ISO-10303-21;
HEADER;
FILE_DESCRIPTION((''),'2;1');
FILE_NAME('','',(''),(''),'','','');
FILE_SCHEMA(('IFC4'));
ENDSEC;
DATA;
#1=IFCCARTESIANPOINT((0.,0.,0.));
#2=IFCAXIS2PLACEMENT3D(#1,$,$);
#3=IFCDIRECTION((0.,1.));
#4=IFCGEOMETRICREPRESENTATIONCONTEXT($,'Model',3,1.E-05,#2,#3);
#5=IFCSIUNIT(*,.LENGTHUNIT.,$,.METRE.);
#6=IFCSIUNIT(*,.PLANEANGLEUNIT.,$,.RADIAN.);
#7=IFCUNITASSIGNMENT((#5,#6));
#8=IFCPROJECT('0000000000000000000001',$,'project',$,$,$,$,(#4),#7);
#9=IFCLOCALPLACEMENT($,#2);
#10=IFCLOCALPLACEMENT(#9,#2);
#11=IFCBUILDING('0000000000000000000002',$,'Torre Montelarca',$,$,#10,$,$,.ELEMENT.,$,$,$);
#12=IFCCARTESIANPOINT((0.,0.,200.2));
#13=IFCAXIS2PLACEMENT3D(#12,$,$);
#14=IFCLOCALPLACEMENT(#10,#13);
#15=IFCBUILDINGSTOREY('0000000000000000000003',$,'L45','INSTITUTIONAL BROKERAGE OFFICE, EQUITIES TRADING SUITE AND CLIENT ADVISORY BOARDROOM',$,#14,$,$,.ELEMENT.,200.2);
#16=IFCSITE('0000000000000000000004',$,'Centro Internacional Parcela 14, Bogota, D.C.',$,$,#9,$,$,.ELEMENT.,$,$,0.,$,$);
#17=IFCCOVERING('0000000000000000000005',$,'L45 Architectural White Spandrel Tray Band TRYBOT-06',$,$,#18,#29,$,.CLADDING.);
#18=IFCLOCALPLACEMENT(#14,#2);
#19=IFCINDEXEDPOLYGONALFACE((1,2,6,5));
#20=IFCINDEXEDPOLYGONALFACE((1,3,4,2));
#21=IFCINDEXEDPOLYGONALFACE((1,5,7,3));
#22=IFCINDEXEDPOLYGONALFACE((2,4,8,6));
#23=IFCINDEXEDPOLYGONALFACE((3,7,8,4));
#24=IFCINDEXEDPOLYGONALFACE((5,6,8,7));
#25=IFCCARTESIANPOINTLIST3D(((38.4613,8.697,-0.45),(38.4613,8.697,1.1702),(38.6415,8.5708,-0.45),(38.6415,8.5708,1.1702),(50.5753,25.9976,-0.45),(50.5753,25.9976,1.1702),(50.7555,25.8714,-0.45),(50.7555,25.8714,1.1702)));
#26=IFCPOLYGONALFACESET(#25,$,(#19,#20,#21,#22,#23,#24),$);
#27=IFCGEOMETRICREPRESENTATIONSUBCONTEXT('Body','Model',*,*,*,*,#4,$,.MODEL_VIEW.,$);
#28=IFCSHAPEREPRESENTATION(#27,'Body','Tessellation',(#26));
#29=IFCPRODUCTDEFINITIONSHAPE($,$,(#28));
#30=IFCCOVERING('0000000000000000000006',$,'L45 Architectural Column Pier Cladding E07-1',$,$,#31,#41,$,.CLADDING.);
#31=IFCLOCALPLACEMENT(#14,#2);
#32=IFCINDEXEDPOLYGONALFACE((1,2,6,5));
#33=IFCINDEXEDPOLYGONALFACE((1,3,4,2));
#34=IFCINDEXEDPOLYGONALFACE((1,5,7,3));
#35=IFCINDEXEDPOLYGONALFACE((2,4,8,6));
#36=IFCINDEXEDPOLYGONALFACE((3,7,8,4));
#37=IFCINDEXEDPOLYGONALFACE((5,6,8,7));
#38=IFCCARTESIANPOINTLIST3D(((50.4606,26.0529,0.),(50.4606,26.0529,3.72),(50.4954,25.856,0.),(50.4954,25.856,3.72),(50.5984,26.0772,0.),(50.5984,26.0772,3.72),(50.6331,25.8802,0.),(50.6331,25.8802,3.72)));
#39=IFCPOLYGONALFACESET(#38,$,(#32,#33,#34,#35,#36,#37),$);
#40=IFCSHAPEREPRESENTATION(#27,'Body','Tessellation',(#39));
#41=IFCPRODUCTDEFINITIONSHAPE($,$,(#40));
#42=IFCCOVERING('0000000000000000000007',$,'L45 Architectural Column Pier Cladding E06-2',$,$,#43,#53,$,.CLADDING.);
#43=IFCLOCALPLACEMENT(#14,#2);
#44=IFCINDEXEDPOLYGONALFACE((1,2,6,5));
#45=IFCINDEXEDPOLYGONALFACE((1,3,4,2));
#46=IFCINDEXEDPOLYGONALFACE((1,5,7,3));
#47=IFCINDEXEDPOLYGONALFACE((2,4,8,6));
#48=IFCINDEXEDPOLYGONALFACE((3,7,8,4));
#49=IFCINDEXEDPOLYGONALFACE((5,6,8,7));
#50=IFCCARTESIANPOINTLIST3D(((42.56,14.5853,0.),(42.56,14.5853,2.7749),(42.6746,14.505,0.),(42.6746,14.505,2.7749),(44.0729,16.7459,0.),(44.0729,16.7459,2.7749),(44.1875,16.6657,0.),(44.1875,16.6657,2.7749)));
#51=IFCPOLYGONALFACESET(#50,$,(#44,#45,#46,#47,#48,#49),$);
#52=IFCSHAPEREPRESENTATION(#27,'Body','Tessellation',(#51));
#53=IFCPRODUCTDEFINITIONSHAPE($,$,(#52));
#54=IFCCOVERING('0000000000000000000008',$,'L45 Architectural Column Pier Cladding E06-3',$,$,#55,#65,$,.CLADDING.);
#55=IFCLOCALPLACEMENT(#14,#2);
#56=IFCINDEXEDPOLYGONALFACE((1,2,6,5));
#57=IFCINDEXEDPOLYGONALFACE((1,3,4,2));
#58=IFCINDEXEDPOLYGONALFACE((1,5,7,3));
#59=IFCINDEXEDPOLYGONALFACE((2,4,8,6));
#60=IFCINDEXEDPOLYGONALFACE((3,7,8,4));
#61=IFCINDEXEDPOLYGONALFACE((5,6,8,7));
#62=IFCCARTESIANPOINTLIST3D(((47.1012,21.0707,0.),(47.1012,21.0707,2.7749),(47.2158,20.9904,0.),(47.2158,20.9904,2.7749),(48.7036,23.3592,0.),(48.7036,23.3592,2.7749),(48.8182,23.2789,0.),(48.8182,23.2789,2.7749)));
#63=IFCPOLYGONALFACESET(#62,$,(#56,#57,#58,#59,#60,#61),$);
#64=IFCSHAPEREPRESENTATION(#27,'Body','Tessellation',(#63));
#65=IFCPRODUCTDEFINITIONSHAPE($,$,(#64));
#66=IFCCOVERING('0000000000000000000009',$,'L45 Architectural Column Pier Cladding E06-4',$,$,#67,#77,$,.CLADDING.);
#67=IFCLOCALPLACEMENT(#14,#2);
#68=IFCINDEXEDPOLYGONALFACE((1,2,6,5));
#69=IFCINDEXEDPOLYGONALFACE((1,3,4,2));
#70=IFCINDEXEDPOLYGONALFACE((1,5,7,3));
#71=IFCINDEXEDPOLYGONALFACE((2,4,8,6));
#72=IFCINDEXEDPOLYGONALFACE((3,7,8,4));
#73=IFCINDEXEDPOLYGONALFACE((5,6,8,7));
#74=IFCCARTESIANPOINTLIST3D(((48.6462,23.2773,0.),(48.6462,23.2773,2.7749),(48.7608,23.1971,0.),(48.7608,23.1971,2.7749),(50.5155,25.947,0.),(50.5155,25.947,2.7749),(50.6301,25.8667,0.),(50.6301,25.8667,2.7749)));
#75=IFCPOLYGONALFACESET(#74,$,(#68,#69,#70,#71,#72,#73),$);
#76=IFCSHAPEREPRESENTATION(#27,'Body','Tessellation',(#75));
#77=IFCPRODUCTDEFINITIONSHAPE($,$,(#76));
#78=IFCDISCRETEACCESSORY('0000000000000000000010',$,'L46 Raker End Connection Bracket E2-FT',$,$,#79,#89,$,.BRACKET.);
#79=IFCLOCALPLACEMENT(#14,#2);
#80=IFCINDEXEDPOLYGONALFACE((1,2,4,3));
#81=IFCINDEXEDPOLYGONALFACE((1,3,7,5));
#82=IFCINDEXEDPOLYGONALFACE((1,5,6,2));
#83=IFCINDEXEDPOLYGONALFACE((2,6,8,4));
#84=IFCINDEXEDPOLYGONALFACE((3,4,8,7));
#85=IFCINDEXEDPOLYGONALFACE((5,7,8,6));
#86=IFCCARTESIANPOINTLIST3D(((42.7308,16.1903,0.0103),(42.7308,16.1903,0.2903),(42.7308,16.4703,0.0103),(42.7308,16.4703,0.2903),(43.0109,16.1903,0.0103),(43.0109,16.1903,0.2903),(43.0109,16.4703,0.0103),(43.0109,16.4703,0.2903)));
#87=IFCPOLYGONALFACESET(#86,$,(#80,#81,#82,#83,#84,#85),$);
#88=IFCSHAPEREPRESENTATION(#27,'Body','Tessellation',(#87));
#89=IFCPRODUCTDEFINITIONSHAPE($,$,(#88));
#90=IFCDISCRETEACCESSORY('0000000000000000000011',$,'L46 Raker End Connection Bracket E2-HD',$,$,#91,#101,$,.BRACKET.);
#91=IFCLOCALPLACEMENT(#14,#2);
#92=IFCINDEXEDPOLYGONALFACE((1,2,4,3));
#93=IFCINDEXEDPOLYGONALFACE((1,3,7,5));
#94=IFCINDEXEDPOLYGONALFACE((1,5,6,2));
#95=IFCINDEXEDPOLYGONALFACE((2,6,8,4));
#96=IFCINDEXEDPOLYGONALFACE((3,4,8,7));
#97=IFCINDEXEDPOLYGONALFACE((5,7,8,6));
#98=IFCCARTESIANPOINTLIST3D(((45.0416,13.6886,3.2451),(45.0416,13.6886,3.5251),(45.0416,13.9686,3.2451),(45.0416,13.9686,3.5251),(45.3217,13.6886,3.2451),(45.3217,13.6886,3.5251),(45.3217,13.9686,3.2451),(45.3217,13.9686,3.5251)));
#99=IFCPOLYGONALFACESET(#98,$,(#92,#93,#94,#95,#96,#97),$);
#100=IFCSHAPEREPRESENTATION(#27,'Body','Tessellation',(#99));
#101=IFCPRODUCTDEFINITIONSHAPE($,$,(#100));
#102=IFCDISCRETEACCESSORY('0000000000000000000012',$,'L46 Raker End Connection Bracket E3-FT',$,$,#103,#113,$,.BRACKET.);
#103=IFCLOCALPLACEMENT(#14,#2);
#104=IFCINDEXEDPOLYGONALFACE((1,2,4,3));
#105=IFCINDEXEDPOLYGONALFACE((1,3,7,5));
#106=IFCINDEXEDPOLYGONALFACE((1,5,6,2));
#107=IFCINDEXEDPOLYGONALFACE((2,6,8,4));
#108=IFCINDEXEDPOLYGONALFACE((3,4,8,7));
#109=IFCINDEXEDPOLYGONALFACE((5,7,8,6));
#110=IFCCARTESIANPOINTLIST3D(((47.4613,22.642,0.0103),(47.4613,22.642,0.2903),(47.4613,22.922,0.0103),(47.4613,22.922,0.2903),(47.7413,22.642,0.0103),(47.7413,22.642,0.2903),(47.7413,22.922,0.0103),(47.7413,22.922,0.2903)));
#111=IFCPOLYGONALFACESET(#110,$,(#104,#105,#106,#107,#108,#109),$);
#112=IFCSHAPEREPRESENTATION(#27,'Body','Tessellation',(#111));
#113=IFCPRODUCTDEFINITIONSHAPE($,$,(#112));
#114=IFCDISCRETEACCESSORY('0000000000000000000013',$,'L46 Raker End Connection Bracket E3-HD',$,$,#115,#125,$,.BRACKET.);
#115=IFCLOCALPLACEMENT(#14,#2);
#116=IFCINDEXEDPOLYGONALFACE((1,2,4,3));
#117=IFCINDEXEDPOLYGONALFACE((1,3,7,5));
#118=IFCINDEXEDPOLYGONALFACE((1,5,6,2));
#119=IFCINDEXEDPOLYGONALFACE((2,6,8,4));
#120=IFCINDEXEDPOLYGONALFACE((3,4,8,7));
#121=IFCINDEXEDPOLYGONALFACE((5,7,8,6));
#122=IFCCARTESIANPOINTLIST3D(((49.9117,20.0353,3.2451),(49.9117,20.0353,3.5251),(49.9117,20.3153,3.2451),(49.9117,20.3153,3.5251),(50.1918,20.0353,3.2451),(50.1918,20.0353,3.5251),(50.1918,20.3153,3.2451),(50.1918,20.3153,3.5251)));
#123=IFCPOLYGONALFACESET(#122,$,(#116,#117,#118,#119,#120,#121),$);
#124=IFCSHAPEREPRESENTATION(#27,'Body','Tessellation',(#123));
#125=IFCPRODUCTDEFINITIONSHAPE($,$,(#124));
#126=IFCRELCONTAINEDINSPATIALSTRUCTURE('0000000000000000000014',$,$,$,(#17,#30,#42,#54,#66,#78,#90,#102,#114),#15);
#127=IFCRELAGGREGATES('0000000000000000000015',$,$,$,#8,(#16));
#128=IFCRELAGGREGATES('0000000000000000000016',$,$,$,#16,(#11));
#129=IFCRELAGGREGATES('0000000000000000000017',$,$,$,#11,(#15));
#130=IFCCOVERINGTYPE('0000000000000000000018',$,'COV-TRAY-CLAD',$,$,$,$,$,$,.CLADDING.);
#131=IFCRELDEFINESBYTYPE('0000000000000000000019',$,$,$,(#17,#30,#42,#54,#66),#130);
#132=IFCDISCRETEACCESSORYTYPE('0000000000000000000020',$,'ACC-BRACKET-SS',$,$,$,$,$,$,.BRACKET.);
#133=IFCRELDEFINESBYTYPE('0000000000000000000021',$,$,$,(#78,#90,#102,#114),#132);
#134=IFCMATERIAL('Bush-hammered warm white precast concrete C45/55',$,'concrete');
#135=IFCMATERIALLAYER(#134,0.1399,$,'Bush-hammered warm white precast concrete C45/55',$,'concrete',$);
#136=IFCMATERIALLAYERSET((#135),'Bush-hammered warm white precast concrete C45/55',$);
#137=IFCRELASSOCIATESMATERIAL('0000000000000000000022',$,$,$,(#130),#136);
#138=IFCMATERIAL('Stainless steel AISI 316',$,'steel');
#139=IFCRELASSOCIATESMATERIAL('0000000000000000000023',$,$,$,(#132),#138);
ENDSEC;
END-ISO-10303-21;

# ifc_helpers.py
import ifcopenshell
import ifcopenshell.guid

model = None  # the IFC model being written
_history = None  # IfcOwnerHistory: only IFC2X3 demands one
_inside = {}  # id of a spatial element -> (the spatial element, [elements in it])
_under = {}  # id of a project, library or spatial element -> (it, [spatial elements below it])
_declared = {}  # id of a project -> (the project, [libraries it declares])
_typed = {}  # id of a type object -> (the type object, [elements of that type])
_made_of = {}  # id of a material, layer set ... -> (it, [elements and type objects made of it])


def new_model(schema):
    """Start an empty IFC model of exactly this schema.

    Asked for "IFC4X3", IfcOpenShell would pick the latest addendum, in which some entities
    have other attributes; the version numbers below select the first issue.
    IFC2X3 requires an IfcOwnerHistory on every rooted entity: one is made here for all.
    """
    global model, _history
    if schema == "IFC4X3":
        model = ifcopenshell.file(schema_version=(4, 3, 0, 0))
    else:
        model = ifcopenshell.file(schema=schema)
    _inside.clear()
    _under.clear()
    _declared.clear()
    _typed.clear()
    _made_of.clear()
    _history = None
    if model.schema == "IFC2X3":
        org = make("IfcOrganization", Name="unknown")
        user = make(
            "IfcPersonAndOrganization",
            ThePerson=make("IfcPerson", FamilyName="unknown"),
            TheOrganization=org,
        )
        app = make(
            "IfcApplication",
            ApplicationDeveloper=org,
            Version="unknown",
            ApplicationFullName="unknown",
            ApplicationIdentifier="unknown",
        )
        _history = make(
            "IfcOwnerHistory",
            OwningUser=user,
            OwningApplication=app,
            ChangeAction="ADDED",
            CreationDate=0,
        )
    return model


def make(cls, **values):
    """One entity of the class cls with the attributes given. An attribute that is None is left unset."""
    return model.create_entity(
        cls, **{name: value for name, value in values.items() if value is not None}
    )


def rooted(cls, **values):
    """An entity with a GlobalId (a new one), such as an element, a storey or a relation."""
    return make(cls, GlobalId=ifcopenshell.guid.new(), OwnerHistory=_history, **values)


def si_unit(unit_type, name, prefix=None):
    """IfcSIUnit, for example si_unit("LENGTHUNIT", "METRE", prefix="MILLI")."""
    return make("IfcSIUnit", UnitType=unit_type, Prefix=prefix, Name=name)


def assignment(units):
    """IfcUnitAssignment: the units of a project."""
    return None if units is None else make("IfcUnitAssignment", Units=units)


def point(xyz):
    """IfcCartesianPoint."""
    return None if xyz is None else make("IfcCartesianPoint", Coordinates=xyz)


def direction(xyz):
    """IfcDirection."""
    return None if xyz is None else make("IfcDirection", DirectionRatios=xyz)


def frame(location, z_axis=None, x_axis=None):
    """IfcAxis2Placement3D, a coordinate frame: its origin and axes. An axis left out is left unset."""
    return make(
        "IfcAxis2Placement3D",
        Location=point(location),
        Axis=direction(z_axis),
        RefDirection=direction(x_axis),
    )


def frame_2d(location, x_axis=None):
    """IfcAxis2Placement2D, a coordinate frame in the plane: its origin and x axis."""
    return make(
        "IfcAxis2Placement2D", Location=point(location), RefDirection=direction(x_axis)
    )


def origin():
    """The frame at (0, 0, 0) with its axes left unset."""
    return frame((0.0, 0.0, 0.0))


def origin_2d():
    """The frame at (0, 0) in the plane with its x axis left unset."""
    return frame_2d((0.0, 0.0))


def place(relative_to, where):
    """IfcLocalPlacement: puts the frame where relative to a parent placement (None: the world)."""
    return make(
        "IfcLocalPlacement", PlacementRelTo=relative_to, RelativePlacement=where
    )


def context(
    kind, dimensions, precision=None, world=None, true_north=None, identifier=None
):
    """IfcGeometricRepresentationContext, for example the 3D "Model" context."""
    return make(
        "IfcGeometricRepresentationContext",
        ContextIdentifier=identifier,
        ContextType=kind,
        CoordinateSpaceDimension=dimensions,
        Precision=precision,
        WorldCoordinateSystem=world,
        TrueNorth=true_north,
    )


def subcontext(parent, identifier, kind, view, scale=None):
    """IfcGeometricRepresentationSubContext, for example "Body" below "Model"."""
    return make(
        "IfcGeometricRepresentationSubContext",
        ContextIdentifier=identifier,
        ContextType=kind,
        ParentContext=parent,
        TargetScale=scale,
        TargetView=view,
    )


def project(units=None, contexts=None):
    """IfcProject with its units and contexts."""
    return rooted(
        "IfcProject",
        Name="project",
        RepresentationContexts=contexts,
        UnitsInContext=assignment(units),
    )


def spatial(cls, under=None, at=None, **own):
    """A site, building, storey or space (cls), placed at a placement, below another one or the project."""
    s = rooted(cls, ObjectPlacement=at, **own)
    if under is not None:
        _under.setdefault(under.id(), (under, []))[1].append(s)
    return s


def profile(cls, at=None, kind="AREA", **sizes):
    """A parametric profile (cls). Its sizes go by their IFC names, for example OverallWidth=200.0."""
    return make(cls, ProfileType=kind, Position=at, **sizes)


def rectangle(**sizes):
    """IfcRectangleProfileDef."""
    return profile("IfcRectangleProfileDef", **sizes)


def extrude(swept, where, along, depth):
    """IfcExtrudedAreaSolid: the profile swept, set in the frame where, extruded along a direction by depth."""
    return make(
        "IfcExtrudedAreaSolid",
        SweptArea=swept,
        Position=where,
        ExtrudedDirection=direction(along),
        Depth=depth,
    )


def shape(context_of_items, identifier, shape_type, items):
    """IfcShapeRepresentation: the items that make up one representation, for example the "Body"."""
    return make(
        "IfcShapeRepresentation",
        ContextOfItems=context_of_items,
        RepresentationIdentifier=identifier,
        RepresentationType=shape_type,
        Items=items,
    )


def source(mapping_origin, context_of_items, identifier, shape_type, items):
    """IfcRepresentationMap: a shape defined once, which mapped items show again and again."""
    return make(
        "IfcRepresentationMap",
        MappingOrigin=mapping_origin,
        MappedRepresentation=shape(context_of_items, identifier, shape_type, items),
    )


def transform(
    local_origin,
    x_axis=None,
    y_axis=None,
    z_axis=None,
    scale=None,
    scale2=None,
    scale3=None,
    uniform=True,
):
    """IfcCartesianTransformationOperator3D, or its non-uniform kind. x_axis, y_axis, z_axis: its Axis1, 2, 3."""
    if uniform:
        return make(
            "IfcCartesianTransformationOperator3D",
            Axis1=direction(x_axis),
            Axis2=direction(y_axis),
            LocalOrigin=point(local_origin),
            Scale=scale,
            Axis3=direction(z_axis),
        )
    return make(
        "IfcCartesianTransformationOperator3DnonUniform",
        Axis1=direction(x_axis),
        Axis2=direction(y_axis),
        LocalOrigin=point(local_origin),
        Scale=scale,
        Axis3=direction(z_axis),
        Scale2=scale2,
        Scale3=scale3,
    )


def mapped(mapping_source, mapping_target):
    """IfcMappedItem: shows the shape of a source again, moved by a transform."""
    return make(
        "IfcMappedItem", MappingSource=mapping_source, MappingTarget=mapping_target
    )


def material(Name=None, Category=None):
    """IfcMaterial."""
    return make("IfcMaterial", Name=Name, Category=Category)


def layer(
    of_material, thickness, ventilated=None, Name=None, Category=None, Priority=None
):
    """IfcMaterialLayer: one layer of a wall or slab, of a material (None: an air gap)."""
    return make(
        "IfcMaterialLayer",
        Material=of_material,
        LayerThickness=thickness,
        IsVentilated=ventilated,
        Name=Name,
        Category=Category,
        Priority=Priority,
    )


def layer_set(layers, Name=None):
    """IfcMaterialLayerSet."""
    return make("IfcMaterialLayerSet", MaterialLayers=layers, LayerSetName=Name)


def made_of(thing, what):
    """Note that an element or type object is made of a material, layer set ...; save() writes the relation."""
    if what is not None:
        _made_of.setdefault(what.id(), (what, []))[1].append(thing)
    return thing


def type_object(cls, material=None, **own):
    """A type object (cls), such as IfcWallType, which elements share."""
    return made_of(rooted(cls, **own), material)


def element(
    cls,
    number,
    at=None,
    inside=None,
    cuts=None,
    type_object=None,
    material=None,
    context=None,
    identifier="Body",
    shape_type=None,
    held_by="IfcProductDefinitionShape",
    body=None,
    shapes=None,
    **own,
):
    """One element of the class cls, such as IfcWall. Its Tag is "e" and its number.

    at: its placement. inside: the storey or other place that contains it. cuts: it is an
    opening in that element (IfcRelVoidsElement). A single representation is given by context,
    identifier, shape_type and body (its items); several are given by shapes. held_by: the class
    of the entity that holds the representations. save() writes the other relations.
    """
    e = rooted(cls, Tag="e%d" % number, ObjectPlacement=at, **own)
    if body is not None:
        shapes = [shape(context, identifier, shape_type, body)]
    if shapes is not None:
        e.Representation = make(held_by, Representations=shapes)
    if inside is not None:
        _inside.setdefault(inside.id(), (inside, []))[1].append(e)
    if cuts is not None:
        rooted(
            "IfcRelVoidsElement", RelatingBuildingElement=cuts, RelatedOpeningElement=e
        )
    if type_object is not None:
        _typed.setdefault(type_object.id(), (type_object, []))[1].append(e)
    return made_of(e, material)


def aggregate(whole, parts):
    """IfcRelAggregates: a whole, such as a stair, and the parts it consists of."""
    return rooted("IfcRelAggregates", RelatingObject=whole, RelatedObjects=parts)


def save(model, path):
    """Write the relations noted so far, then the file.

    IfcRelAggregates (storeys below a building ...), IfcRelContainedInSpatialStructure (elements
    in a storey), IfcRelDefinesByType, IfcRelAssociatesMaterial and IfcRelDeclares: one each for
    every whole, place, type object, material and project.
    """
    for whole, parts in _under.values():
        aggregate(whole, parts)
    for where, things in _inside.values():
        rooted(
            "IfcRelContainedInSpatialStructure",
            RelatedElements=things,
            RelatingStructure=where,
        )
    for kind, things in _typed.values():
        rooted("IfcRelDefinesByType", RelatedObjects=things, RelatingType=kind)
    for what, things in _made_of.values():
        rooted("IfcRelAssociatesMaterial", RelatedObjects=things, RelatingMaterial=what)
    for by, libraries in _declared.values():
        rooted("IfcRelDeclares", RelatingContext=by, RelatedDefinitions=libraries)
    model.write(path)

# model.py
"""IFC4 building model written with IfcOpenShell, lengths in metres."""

from ifc_helpers import new_model, si_unit, direction, frame, origin, origin_2d, place, context, subcontext, project, spatial, rectangle, extrude, source, transform, mapped, material, layer, layer_set, type_object, element, save


model = new_model("IFC4")

# Units and contexts
model_context = context("Model", 3, precision=1e-05, world=origin(), true_north=direction((0.0, 1.0)))
body_context = subcontext(model_context, "Body", "Model", "MODEL_VIEW")
ifc_project = project(units=[si_unit("LENGTHUNIT", "METRE"), si_unit("PLANEANGLEUNIT", "RADIAN")], contexts=[model_context])

# Site, building, storey
site_placement = place(None, origin())
site = spatial("IfcSite", under=ifc_project, at=site_placement, Name="Centro Internacional Parcela 14, Bogota, D.C.", CompositionType="ELEMENT", RefElevation=0.0)
building_placement = place(site_placement, origin())
building = spatial("IfcBuilding", under=site, at=building_placement, Name="Torre Montelarca", CompositionType="ELEMENT")
storey_placement = place(building_placement, frame((0.0, 0.0, 200.2)))
storey = spatial("IfcBuildingStorey", under=building, at=storey_placement, Name="L45", Description="INSTITUTIONAL BROKERAGE OFFICE, EQUITIES TRADING SUITE AND CLIENT ADVISORY BOARDROOM", CompositionType="ELEMENT", Elevation=200.2)

# Coverings
ifc_material_1 = material(Name="Bush-hammered warm white precast concrete C45/55", Category="concrete")
ifc_layer_1 = layer(ifc_material_1, 0.1399, Name="Bush-hammered warm white precast concrete C45/55", Category="concrete")
ifc_layer_set_1 = layer_set([ifc_layer_1], Name="Bush-hammered warm white precast concrete C45/55")
covering_type = type_object("IfcCoveringType", Name="COV-TRAY-CLAD", PredefinedType="CLADDING", material=ifc_layer_set_1)
shared_shape_1 = source(origin(), body_context, "Body", "SweptSolid", [
    extrude(rectangle(XDim=21.1201, YDim=0.22, at=origin_2d()), origin(), (0.0, 0.0, 1.0), 1.6201),
])
covering_1_placement = place(storey_placement, frame((44.6084, 17.2842, -0.45), z_axis=(0.0, 0.0, 1.0), x_axis=(0.573576, 0.819152, 0.0)))
element("IfcCovering", 1, at=covering_1_placement, inside=storey, type_object=covering_type, Name="L45 Architectural White Spandrel Tray Band TRYBOT-06", PredefinedType="CLADDING", context=body_context, shape_type="MappedRepresentation", body=[
    mapped(shared_shape_1, transform((0.0, 0.0, 0.0), scale=1.0)),
])
shared_shape_2 = source(origin(), body_context, "Body", "SweptSolid", [
    extrude(rectangle(XDim=0.2, YDim=0.1399, at=origin_2d()), origin(), (0.0, 0.0, 1.0), 3.72),
])
covering_2_placement = place(storey_placement, frame((50.5469, 25.9666, 0.0), z_axis=(0.0, 0.0, 1.0), x_axis=(-0.173645, 0.984808, 0.0)))
element("IfcCovering", 2, at=covering_2_placement, inside=storey, type_object=covering_type, Name="L45 Architectural Column Pier Cladding E07-1", PredefinedType="CLADDING", context=body_context, shape_type="MappedRepresentation", body=[
    mapped(shared_shape_2, transform((0.0, 0.0, 0.0), scale=1.0)),
])
shared_shape_3 = source(origin(), body_context, "Body", "SweptSolid", [
    extrude(rectangle(XDim=2.6377, YDim=0.1399, at=origin_2d()), origin(), (0.0, 0.0, 1.0), 2.7749),
])
covering_3_placement = place(storey_placement, frame((43.3738, 15.6255, 0.0), z_axis=(0.0, 0.0, 1.0), x_axis=(0.573572, 0.819155, 0.0)))
element("IfcCovering", 3, at=covering_3_placement, inside=storey, type_object=covering_type, Name="L45 Architectural Column Pier Cladding E06-2", PredefinedType="CLADDING", context=body_context, shape_type="MappedRepresentation", body=[
    mapped(shared_shape_3, transform((0.0, 0.0, 0.0), scale=1.0)),
])
shared_shape_4 = source(origin(), body_context, "Body", "SweptSolid", [
    extrude(rectangle(XDim=2.7937, YDim=0.1399, at=origin_2d()), origin(), (0.0, 0.0, 1.0), 2.7749),
])
covering_4_placement = place(storey_placement, frame((47.9597, 22.1748, 0.0), z_axis=(0.0, 0.0, 1.0), x_axis=(0.573572, 0.819155, 0.0)))
element("IfcCovering", 4, at=covering_4_placement, inside=storey, type_object=covering_type, Name="L45 Architectural Column Pier Cladding E06-3", PredefinedType="CLADDING", context=body_context, shape_type="MappedRepresentation", body=[
    mapped(shared_shape_4, transform((0.0, 0.0, 0.0), scale=1.0)),
])
shared_shape_5 = source(origin(), body_context, "Body", "SweptSolid", [
    extrude(rectangle(XDim=3.259, YDim=0.1399, at=origin_2d()), origin(), (0.0, 0.0, 1.0), 2.7749),
])
covering_5_placement = place(storey_placement, frame((49.6382, 24.572, 0.0), z_axis=(0.0, 0.0, 1.0), x_axis=(0.573572, 0.819155, 0.0)))
element("IfcCovering", 5, at=covering_5_placement, inside=storey, type_object=covering_type, Name="L45 Architectural Column Pier Cladding E06-4", PredefinedType="CLADDING", context=body_context, shape_type="MappedRepresentation", body=[
    mapped(shared_shape_5, transform((0.0, 0.0, 0.0), scale=1.0)),
])

# Discrete accessories
ifc_material_2 = material(Name="Stainless steel AISI 316", Category="steel")
discrete_accessory_type = type_object("IfcDiscreteAccessoryType", Name="ACC-BRACKET-SS", PredefinedType="BRACKET", material=ifc_material_2)
shared_shape_6 = source(origin(), body_context, "Body", "SweptSolid", [
    extrude(rectangle(XDim=0.28, YDim=0.28, at=origin_2d()), origin(), (0.0, 0.0, 1.0), 0.28),
])
for number, where, z_axis, x_axis, name in (
    (6, (42.8708, 16.3303, 0.0103), (0.0, 0.0, 1.0), (1.0, 0.0, 0.0), "L46 Raker End Connection Bracket E2-FT"),
    (7, (45.1816, 13.8286, 3.2451), (0.0, 0.0, 1.0), (1.0, 0.0, 0.0), "L46 Raker End Connection Bracket E2-HD"),
    (8, (47.6013, 22.782, 0.0103), (0.0, 0.0, 1.0), (1.0, 0.0, 0.0), "L46 Raker End Connection Bracket E3-FT"),
    (9, (50.0518, 20.1753, 3.2451), (0.0, 0.0, 1.0), (1.0, 0.0, 0.0), "L46 Raker End Connection Bracket E3-HD"),
):
    element("IfcDiscreteAccessory", number, at=place(storey_placement, frame(where, z_axis=z_axis, x_axis=x_axis)), inside=storey, type_object=discrete_accessory_type, Name=name, PredefinedType="BRACKET", context=body_context, shape_type="MappedRepresentation", body=[
        mapped(shared_shape_6, transform((0.0, 0.0, 0.0), scale=1.0)),
    ])

save(model, "model.ifc")
